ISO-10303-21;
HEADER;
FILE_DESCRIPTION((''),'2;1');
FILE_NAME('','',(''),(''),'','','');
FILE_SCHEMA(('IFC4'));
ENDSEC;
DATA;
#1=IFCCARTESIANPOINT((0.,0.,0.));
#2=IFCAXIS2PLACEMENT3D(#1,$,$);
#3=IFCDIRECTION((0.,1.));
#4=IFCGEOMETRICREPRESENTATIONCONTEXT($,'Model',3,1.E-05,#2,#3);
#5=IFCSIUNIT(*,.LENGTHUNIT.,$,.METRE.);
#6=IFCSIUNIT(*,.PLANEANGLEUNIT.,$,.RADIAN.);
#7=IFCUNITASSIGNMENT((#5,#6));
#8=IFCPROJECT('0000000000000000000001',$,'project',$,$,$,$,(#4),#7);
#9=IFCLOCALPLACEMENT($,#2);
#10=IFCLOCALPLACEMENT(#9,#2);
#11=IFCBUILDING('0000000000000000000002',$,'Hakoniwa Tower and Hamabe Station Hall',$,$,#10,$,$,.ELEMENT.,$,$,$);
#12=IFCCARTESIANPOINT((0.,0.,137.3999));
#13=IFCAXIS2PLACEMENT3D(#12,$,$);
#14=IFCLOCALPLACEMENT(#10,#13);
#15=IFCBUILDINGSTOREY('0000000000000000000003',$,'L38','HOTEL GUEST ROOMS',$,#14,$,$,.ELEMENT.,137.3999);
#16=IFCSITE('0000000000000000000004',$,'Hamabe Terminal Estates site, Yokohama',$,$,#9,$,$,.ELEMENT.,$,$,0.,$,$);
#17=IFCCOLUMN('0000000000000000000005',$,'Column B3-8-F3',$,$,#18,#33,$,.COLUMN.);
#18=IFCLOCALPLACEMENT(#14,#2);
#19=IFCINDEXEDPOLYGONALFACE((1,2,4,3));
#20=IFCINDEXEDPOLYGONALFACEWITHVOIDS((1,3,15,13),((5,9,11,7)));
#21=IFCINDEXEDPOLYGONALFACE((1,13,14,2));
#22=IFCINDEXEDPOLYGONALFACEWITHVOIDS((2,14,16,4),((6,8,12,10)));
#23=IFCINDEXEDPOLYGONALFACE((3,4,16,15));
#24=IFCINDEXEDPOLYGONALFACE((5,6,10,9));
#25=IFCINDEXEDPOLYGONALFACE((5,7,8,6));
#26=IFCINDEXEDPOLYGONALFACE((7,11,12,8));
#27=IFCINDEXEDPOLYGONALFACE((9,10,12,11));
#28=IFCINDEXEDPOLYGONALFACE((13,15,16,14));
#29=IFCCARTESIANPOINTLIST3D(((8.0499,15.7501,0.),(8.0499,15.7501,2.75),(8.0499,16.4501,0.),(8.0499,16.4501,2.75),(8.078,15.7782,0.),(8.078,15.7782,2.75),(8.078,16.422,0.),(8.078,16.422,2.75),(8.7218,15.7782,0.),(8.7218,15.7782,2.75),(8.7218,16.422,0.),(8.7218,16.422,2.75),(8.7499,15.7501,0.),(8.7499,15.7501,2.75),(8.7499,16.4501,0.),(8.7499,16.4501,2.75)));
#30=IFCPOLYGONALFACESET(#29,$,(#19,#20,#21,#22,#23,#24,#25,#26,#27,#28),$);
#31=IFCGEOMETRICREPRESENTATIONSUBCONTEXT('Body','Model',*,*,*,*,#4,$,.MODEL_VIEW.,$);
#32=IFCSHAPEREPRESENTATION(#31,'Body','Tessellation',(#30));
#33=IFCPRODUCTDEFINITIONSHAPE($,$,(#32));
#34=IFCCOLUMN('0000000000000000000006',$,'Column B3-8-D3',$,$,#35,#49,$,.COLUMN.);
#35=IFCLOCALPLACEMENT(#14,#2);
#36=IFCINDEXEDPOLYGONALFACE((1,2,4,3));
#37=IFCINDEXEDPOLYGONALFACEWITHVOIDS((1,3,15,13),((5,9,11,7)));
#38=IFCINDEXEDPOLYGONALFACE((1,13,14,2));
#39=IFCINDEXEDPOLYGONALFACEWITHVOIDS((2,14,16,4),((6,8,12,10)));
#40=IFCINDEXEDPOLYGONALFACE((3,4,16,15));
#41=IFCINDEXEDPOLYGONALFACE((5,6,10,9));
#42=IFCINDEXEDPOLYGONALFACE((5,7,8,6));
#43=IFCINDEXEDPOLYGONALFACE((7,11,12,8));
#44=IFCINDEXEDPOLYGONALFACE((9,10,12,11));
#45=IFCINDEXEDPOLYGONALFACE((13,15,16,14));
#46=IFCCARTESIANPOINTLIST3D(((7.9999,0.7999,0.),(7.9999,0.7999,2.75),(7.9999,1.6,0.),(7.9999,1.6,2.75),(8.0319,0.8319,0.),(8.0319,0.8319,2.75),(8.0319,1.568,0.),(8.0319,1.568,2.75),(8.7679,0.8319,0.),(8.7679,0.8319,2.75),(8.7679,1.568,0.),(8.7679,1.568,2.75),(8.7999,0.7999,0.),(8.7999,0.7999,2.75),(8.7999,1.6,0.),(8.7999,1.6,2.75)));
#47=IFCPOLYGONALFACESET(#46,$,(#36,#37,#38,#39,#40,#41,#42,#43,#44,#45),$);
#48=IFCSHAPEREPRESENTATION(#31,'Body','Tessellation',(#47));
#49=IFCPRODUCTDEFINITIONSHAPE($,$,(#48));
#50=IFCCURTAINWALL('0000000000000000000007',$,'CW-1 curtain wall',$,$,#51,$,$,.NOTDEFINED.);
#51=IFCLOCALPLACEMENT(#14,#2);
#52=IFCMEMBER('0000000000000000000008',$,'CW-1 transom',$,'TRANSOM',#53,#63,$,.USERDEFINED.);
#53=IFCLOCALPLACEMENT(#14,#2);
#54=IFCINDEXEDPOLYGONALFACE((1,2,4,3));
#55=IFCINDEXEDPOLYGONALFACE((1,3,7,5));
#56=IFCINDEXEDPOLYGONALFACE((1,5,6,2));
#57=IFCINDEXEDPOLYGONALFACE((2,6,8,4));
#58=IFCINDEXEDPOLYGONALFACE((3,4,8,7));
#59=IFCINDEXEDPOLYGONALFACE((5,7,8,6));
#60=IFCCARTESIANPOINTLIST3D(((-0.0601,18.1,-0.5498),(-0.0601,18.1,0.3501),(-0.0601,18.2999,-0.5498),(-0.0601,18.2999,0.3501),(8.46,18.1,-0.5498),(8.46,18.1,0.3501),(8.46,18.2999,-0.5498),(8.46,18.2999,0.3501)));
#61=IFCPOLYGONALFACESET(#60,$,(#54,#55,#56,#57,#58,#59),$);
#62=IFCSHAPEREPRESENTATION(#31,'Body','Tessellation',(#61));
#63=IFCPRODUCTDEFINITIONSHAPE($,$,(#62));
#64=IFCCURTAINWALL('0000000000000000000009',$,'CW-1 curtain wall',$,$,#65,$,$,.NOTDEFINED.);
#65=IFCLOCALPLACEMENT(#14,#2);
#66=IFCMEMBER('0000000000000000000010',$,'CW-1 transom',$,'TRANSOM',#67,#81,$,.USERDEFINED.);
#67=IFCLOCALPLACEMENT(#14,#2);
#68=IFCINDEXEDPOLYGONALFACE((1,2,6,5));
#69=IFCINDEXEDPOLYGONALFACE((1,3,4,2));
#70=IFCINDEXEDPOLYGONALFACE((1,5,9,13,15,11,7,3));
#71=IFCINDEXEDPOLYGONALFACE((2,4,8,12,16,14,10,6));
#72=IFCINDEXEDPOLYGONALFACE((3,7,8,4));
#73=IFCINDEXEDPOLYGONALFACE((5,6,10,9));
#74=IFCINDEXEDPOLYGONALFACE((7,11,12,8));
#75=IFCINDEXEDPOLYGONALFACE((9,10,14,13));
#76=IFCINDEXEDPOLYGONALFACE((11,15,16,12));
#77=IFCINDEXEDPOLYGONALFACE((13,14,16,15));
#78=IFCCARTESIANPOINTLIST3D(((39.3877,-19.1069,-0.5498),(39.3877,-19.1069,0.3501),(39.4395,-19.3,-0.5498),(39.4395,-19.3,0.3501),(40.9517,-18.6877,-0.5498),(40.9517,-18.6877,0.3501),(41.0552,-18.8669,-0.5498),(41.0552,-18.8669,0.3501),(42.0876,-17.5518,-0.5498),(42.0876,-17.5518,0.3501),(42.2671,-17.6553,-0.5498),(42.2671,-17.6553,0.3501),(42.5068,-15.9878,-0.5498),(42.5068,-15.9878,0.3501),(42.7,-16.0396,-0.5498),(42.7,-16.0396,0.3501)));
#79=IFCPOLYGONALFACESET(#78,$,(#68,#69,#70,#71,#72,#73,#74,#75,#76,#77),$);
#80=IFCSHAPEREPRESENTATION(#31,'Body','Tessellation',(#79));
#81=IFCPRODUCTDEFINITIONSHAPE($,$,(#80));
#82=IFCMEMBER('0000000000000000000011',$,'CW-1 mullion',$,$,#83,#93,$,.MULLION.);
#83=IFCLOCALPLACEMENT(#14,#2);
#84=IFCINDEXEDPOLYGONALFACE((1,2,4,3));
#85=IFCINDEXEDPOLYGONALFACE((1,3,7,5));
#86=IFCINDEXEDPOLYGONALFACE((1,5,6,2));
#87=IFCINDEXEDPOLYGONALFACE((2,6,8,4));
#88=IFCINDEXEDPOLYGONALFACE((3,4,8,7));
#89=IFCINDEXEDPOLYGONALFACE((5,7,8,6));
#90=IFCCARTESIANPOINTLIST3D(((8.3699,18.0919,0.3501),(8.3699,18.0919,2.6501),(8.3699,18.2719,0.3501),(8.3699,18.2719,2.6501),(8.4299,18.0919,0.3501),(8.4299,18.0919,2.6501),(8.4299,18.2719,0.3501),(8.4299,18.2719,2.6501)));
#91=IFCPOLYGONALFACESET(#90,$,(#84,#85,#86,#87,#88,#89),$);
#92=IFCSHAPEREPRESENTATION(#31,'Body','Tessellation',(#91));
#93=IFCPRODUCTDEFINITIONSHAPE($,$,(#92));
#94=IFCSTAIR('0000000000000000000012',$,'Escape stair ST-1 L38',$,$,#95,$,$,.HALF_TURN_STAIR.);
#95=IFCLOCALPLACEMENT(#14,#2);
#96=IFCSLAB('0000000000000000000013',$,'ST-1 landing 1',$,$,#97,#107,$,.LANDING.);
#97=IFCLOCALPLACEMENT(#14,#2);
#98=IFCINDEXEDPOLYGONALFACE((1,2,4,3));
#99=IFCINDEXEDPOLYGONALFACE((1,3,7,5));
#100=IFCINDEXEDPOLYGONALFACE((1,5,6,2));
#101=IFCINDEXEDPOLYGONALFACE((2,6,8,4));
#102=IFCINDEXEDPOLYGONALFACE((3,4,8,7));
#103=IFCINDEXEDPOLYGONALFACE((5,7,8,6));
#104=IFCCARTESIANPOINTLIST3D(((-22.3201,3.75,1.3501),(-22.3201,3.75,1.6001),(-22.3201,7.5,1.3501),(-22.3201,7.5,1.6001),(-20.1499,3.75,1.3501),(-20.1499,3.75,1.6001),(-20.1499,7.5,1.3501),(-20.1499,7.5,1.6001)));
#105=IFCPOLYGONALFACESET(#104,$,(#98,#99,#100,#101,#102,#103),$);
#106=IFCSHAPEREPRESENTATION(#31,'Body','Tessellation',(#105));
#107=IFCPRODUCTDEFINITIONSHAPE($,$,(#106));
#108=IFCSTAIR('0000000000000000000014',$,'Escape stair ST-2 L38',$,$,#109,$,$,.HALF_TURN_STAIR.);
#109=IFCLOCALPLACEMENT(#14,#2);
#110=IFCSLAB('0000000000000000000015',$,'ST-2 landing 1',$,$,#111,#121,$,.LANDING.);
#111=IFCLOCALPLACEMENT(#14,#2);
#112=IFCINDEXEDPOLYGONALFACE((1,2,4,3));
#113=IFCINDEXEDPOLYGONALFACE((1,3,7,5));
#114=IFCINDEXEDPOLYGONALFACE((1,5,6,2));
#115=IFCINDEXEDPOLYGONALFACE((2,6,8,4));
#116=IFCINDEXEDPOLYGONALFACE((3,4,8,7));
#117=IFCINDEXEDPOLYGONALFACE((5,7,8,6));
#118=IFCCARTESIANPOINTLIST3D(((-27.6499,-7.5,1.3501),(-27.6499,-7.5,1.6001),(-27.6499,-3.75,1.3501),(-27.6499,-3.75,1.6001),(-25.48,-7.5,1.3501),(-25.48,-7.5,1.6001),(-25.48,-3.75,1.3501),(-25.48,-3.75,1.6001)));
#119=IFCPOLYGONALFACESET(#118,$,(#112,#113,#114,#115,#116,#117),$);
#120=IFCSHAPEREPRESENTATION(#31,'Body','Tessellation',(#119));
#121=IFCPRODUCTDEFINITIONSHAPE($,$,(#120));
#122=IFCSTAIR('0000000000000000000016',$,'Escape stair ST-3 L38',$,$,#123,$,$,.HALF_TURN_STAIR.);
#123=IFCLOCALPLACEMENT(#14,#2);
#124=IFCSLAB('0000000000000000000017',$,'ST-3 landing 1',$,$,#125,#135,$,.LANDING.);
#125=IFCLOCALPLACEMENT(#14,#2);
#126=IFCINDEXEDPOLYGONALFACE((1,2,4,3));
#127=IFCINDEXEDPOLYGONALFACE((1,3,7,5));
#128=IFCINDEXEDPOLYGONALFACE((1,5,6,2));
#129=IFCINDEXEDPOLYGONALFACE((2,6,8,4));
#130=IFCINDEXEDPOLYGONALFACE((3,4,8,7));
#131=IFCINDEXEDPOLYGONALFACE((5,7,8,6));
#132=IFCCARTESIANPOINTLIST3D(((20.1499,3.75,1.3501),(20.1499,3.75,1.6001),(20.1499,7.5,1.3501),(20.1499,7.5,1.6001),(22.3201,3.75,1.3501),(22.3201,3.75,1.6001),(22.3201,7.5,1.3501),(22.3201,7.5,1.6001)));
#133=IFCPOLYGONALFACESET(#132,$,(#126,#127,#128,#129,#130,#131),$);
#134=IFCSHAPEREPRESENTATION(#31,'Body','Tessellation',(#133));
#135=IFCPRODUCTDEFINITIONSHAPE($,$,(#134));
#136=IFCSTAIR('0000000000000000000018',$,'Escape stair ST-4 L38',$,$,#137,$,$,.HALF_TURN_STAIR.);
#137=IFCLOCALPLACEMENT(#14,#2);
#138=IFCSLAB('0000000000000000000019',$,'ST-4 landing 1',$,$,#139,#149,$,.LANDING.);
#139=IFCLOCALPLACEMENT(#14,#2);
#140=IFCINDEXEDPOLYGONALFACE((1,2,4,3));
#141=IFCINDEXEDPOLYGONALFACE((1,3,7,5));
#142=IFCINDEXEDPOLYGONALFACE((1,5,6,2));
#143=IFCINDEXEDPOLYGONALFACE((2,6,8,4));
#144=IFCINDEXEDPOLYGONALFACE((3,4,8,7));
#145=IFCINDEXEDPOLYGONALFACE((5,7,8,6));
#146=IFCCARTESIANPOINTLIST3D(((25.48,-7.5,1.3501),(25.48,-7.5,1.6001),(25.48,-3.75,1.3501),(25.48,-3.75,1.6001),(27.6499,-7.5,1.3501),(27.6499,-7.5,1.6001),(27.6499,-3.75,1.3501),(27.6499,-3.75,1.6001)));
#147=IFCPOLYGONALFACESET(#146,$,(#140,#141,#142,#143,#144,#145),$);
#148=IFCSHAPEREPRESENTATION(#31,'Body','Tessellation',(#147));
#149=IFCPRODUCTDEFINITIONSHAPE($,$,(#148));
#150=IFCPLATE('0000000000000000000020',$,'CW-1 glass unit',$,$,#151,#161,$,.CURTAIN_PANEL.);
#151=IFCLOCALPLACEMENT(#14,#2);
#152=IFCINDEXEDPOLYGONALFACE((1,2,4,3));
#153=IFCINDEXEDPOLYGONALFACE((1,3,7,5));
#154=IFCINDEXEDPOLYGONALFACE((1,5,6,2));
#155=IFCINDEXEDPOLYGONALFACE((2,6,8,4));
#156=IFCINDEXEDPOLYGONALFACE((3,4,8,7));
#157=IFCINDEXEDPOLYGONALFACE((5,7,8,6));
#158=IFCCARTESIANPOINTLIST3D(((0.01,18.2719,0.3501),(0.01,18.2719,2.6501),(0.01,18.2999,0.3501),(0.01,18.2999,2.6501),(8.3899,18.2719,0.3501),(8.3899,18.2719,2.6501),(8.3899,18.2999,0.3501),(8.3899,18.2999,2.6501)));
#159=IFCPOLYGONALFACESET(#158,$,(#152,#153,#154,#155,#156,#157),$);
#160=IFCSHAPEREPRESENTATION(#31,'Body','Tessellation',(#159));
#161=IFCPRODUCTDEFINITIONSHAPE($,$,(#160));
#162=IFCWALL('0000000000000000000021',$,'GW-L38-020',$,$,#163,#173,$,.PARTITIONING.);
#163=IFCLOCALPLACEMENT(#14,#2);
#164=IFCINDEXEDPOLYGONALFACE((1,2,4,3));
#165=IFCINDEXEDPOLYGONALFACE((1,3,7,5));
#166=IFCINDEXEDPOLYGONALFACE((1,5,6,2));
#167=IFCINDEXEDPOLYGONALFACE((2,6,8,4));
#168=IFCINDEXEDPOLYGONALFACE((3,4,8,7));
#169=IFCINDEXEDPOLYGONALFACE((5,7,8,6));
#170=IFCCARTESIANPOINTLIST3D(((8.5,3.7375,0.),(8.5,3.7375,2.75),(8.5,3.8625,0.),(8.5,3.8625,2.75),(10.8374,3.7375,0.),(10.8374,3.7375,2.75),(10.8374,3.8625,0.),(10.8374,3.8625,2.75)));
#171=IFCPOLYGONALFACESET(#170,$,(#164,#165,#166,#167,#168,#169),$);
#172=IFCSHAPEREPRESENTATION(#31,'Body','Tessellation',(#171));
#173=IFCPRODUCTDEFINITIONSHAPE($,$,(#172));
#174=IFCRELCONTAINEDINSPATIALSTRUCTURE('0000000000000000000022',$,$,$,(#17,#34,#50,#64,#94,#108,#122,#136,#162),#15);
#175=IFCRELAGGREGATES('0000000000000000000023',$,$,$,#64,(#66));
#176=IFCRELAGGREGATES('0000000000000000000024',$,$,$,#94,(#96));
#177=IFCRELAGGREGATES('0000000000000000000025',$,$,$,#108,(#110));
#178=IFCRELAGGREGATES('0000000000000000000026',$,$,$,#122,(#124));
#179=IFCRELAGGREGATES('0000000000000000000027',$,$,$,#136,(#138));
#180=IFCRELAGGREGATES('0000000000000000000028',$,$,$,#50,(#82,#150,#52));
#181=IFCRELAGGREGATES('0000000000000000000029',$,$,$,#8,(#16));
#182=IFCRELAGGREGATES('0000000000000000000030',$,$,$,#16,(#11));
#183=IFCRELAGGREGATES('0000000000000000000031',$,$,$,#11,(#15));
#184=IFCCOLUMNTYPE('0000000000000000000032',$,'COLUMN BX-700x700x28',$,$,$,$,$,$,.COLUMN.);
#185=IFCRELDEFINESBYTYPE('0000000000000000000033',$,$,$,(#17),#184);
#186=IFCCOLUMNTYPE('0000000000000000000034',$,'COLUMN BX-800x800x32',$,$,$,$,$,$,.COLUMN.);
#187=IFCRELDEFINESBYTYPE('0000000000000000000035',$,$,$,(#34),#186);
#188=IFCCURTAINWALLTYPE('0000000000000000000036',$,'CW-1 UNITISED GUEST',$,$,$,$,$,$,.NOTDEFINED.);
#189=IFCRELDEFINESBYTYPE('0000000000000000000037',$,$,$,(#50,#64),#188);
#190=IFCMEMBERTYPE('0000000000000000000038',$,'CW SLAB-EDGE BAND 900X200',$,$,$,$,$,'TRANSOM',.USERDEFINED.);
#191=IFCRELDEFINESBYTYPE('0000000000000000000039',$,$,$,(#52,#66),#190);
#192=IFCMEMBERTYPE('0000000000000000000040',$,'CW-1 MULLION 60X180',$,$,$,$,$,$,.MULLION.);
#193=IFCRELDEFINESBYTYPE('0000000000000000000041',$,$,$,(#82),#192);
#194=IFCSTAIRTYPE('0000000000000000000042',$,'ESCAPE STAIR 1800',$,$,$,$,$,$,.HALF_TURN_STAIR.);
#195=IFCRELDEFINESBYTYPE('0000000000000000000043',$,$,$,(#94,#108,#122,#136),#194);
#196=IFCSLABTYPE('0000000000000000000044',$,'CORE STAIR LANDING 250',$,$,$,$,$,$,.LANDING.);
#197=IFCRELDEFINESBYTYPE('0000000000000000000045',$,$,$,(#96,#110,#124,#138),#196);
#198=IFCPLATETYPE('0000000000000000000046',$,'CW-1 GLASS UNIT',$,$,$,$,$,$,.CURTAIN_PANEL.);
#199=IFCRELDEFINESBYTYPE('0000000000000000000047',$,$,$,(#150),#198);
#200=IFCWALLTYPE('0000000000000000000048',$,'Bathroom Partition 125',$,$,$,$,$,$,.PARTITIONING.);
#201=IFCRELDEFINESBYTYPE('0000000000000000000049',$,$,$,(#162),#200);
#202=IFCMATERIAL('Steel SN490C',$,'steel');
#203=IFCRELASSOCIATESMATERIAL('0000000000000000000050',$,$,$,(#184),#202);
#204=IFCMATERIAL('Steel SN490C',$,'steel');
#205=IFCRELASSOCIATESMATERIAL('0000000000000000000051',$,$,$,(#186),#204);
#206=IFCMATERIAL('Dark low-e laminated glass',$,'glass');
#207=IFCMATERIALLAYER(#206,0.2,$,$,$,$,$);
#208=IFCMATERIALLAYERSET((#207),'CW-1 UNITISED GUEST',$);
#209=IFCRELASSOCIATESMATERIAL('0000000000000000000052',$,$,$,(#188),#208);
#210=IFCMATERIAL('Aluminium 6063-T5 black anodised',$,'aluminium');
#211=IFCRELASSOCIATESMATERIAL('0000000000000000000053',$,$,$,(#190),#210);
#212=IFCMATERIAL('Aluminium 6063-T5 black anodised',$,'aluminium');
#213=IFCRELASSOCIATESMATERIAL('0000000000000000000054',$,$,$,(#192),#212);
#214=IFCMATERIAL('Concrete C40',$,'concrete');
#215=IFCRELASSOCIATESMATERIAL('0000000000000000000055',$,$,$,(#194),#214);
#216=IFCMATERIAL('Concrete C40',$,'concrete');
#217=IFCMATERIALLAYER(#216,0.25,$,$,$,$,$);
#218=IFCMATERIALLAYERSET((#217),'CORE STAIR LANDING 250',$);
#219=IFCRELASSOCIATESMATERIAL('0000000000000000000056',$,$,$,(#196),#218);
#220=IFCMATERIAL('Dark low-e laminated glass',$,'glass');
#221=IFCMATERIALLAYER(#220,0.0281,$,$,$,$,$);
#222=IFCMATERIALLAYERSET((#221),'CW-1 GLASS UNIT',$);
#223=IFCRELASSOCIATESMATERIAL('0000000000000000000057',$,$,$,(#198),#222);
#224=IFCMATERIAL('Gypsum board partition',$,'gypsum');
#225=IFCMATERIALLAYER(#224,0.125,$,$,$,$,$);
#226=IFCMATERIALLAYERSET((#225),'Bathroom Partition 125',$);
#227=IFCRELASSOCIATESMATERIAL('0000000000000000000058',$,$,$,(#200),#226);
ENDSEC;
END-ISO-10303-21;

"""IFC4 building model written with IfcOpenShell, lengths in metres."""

from ifc_helpers import new_model, si_unit, direction, frame, frame_2d, origin, origin_2d, place, context, subcontext, project, spatial, polyline, rectangle, hollow_rectangle, outline, extrude, material, layer, layer_set, material_profile, profile_set, type_object, element, aggregate, save


model = new_model("IFC4")

# Units and contexts
model_context = context("Model", 3, precision=1e-05, world=origin(), true_north=direction((0.0, 1.0)))
body_context = subcontext(model_context, "Body", "Model", "MODEL_VIEW")
ifc_project = project(units=[si_unit("LENGTHUNIT", "METRE"), si_unit("PLANEANGLEUNIT", "RADIAN")], contexts=[model_context])

# Site, building, storey
site_placement = place(None, origin())
site = spatial("IfcSite", under=ifc_project, at=site_placement, Name="Hamabe Terminal Estates site, Yokohama", CompositionType="ELEMENT", RefElevation=0.0)
building_placement = place(site_placement, origin())
building = spatial("IfcBuilding", under=site, at=building_placement, Name="Hakoniwa Tower and Hamabe Station Hall", CompositionType="ELEMENT")
storey_placement = place(building_placement, frame((0.0, 0.0, 137.3999)))
storey = spatial("IfcBuildingStorey", under=building, at=storey_placement, Name="L38", Description="HOTEL GUEST ROOMS", CompositionType="ELEMENT", Elevation=137.3999)

# Columns
ifc_material_1 = material(Name="Steel SN490C", Category="steel")
ifc_material_profile_1 = material_profile(ifc_material_1, hollow_rectangle(XDim=0.7, YDim=0.7, WallThickness=0.0281, at=origin_2d()), Name="BX-700x700x28")
ifc_profile_set_1 = profile_set([ifc_material_profile_1], Name="Steel SN490C")
column_type_1 = type_object("IfcColumnType", Name="COLUMN BX-700x700x28", PredefinedType="COLUMN", material=ifc_profile_set_1)
column_1_placement = place(storey_placement, frame((8.3999, 16.1001, 0.0), z_axis=(0.0, 0.0, 1.0), x_axis=(1.0, 0.0, 0.0)))
element("IfcColumn", 1, at=column_1_placement, inside=storey, type_object=column_type_1, Name="Column B3-8-F3", PredefinedType="COLUMN", context=body_context, shape_type="SweptSolid", body=[
    extrude(hollow_rectangle(XDim=0.7, YDim=0.7, WallThickness=0.0281, at=origin_2d()), origin(), (0.0, 0.0, 1.0), 2.75),
])
ifc_material_2 = material(Name="Steel SN490C", Category="steel")
ifc_material_profile_2 = material_profile(ifc_material_2, hollow_rectangle(XDim=0.8, YDim=0.8, WallThickness=0.032, at=origin_2d()), Name="BX-800x800x32")
ifc_profile_set_2 = profile_set([ifc_material_profile_2], Name="Steel SN490C")
column_type_2 = type_object("IfcColumnType", Name="COLUMN BX-800x800x32", PredefinedType="COLUMN", material=ifc_profile_set_2)
column_2_placement = place(storey_placement, frame((8.3999, 1.2, 0.0), z_axis=(0.0, 0.0, 1.0), x_axis=(1.0, 0.0, 0.0)))
element("IfcColumn", 2, at=column_2_placement, inside=storey, type_object=column_type_2, Name="Column B3-8-D3", PredefinedType="COLUMN", context=body_context, shape_type="SweptSolid", body=[
    extrude(hollow_rectangle(XDim=0.8, YDim=0.8, WallThickness=0.032, at=origin_2d()), origin(), (0.0, 0.0, 1.0), 2.75),
])

# Curtain walls, members
ifc_material_3 = material(Name="Dark low-e laminated glass", Category="glass")
ifc_layer_1 = layer(ifc_material_3, 0.2)
ifc_layer_set_1 = layer_set([ifc_layer_1], Name="CW-1 UNITISED GUEST")
curtain_wall_type = type_object("IfcCurtainWallType", Name="CW-1 UNITISED GUEST", PredefinedType="NOTDEFINED", material=ifc_layer_set_1)
curtain_wall_1_placement = place(storey_placement, origin())
curtain_wall_1 = element("IfcCurtainWall", 3, at=curtain_wall_1_placement, inside=storey, type_object=curtain_wall_type, Name="CW-1 curtain wall", PredefinedType="NOTDEFINED")
ifc_material_4 = material(Name="Aluminium 6063-T5 black anodised", Category="aluminium")
ifc_material_profile_3 = material_profile(ifc_material_4, rectangle(XDim=0.2, YDim=0.8999, at=origin_2d()), Name="CW SLAB-EDGE BAND 900X200")
ifc_profile_set_3 = profile_set([ifc_material_profile_3], Name="Aluminium 6063-T5 black anodised")
member_type_1 = type_object("IfcMemberType", Name="CW SLAB-EDGE BAND 900X200", ElementType="TRANSOM", PredefinedType="USERDEFINED", material=ifc_profile_set_3)
member_1_placement = place(storey_placement, frame((8.46, 18.2, -0.0999), z_axis=(-1.0, 0.0, 0.0), x_axis=(0.0, -1.0, 0.0)))
member_1 = element("IfcMember", 4, at=member_1_placement, type_object=member_type_1, Name="CW-1 transom", ObjectType="TRANSOM", PredefinedType="USERDEFINED", context=body_context, shape_type="SweptSolid", body=[
    extrude(rectangle(XDim=0.2, YDim=0.8999, at=origin_2d()), origin(), (0.0, 0.0, 1.0), 8.52),
])
curtain_wall_2_placement = place(storey_placement, origin())
curtain_wall_2 = element("IfcCurtainWall", 5, at=curtain_wall_2_placement, inside=storey, type_object=curtain_wall_type, Name="CW-1 curtain wall", PredefinedType="NOTDEFINED")
member_2_placement = place(storey_placement, frame((0.0, 0.0, -0.5498)))
member_2 = element("IfcMember", 6, at=member_2_placement, type_object=member_type_1, Name="CW-1 transom", ObjectType="TRANSOM", PredefinedType="USERDEFINED", context=body_context, shape_type="SweptSolid", body=[
    extrude(outline(polyline([(39.4395, -19.3), (41.0552, -18.8669), (42.2671, -17.6553), (42.7, -16.0396), (42.5068, -15.9878), (42.0876, -17.5518), (40.9517, -18.6877), (39.3877, -19.1069), (39.4395, -19.3)])), origin(), (0.0, 0.0, 1.0), 0.8999),
])
aggregate(curtain_wall_2, [member_2])

# Member
ifc_material_5 = material(Name="Aluminium 6063-T5 black anodised", Category="aluminium")
ifc_material_profile_4 = material_profile(ifc_material_5, rectangle(XDim=0.0601, YDim=0.1799, at=origin_2d()), Name="CW-1 MULLION 60X180")
ifc_profile_set_4 = profile_set([ifc_material_profile_4], Name="Aluminium 6063-T5 black anodised")
member_type_2 = type_object("IfcMemberType", Name="CW-1 MULLION 60X180", PredefinedType="MULLION", material=ifc_profile_set_4)
member_3_placement = place(storey_placement, frame((8.3999, 18.1819, 0.3501), z_axis=(0.0, 0.0, 1.0), x_axis=(-1.0, 0.0, 0.0)))
member_3 = element("IfcMember", 7, at=member_3_placement, type_object=member_type_2, Name="CW-1 mullion", PredefinedType="MULLION", context=body_context, shape_type="SweptSolid", body=[
    extrude(rectangle(XDim=0.0601, YDim=0.1799, at=origin_2d()), origin(), (0.0, 0.0, 1.0), 2.3),
])

# Stairs, slabs
ifc_material_6 = material(Name="Concrete C40", Category="concrete")
stair_type = type_object("IfcStairType", Name="ESCAPE STAIR 1800", PredefinedType="HALF_TURN_STAIR", material=ifc_material_6)
stair_1_placement = place(storey_placement, origin())
stair_1 = element("IfcStair", 8, at=stair_1_placement, inside=storey, type_object=stair_type, Name="Escape stair ST-1 L38", PredefinedType="HALF_TURN_STAIR")
ifc_material_7 = material(Name="Concrete C40", Category="concrete")
ifc_layer_2 = layer(ifc_material_7, 0.25)
ifc_layer_set_2 = layer_set([ifc_layer_2], Name="CORE STAIR LANDING 250")
slab_type = type_object("IfcSlabType", Name="CORE STAIR LANDING 250", PredefinedType="LANDING", material=ifc_layer_set_2)
slab_1_placement = place(storey_placement, frame((0.0, 0.0, 1.3501)))
slab_1 = element("IfcSlab", 9, at=slab_1_placement, type_object=slab_type, Name="ST-1 landing 1", PredefinedType="LANDING", context=body_context, shape_type="SweptSolid", body=[
    extrude(outline(polyline([(-22.3201, 3.75), (-20.1499, 3.75), (-20.1499, 7.5), (-22.3201, 7.5), (-22.3201, 3.75)])), origin(), (0.0, 0.0, 1.0), 0.25),
])
aggregate(stair_1, [slab_1])
stair_2_placement = place(storey_placement, origin())
stair_2 = element("IfcStair", 10, at=stair_2_placement, inside=storey, type_object=stair_type, Name="Escape stair ST-2 L38", PredefinedType="HALF_TURN_STAIR")
slab_2_placement = place(storey_placement, frame((0.0, 0.0, 1.3501)))
slab_2 = element("IfcSlab", 11, at=slab_2_placement, type_object=slab_type, Name="ST-2 landing 1", PredefinedType="LANDING", context=body_context, shape_type="SweptSolid", body=[
    extrude(outline(polyline([(-25.48, -7.5), (-27.6499, -7.5), (-27.6499, -3.75), (-25.48, -3.75), (-25.48, -7.5)])), origin(), (0.0, 0.0, 1.0), 0.25),
])
aggregate(stair_2, [slab_2])
stair_3_placement = place(storey_placement, origin())
stair_3 = element("IfcStair", 12, at=stair_3_placement, inside=storey, type_object=stair_type, Name="Escape stair ST-3 L38", PredefinedType="HALF_TURN_STAIR")
slab_3_placement = place(storey_placement, frame((0.0, 0.0, 1.3501)))
slab_3 = element("IfcSlab", 13, at=slab_3_placement, type_object=slab_type, Name="ST-3 landing 1", PredefinedType="LANDING", context=body_context, shape_type="SweptSolid", body=[
    extrude(outline(polyline([(22.3201, 3.75), (20.1499, 3.75), (20.1499, 7.5), (22.3201, 7.5), (22.3201, 3.75)])), origin(), (0.0, 0.0, 1.0), 0.25),
])
aggregate(stair_3, [slab_3])
stair_4_placement = place(storey_placement, origin())
stair_4 = element("IfcStair", 14, at=stair_4_placement, inside=storey, type_object=stair_type, Name="Escape stair ST-4 L38", PredefinedType="HALF_TURN_STAIR")
slab_4_placement = place(storey_placement, frame((0.0, 0.0, 1.3501)))
slab_4 = element("IfcSlab", 15, at=slab_4_placement, type_object=slab_type, Name="ST-4 landing 1", PredefinedType="LANDING", context=body_context, shape_type="SweptSolid", body=[
    extrude(outline(polyline([(25.48, -7.5), (27.6499, -7.5), (27.6499, -3.75), (25.48, -3.75), (25.48, -7.5)])), origin(), (0.0, 0.0, 1.0), 0.25),
])
aggregate(stair_4, [slab_4])

# Plate
ifc_material_8 = material(Name="Dark low-e laminated glass", Category="glass")
ifc_layer_3 = layer(ifc_material_8, 0.0281)
ifc_layer_set_3 = layer_set([ifc_layer_3], Name="CW-1 GLASS UNIT")
plate_type = type_object("IfcPlateType", Name="CW-1 GLASS UNIT", PredefinedType="CURTAIN_PANEL", material=ifc_layer_set_3)
plate_placement = place(storey_placement, frame((4.2, 18.2859, 0.3501), z_axis=(0.0, 0.0, 1.0), x_axis=(-1.0, 0.0, 0.0)))
plate = element("IfcPlate", 16, at=plate_placement, type_object=plate_type, Name="CW-1 glass unit", PredefinedType="CURTAIN_PANEL", context=body_context, shape_type="SweptSolid", body=[
    extrude(rectangle(XDim=8.3799, YDim=0.0281, at=origin_2d()), origin(), (0.0, 0.0, 1.0), 2.3),
])
aggregate(curtain_wall_1, [member_3, plate, member_1])

# Wall
ifc_material_9 = material(Name="Gypsum board partition", Category="gypsum")
ifc_layer_4 = layer(ifc_material_9, 0.125)
ifc_layer_set_4 = layer_set([ifc_layer_4], Name="Bathroom Partition 125")
wall_type_1 = type_object("IfcWallType", Name="Bathroom Partition 125", PredefinedType="PARTITIONING", material=ifc_layer_set_4)
wall_1_placement = place(storey_placement, frame((8.5, 3.8, 0.0), z_axis=(0.0, 0.0, 1.0), x_axis=(1.0, 0.0, 0.0)))
element("IfcWall", 17, at=wall_1_placement, inside=storey, type_object=wall_type_1, Name="GW-L38-020", PredefinedType="PARTITIONING", context=body_context, shape_type="SweptSolid", body=[
    extrude(rectangle(XDim=2.3374, YDim=0.125, at=frame_2d((1.1687, 0.0))), origin(), (0.0, 0.0, 1.0), 2.75),
])

save(model, "model.ifc")
